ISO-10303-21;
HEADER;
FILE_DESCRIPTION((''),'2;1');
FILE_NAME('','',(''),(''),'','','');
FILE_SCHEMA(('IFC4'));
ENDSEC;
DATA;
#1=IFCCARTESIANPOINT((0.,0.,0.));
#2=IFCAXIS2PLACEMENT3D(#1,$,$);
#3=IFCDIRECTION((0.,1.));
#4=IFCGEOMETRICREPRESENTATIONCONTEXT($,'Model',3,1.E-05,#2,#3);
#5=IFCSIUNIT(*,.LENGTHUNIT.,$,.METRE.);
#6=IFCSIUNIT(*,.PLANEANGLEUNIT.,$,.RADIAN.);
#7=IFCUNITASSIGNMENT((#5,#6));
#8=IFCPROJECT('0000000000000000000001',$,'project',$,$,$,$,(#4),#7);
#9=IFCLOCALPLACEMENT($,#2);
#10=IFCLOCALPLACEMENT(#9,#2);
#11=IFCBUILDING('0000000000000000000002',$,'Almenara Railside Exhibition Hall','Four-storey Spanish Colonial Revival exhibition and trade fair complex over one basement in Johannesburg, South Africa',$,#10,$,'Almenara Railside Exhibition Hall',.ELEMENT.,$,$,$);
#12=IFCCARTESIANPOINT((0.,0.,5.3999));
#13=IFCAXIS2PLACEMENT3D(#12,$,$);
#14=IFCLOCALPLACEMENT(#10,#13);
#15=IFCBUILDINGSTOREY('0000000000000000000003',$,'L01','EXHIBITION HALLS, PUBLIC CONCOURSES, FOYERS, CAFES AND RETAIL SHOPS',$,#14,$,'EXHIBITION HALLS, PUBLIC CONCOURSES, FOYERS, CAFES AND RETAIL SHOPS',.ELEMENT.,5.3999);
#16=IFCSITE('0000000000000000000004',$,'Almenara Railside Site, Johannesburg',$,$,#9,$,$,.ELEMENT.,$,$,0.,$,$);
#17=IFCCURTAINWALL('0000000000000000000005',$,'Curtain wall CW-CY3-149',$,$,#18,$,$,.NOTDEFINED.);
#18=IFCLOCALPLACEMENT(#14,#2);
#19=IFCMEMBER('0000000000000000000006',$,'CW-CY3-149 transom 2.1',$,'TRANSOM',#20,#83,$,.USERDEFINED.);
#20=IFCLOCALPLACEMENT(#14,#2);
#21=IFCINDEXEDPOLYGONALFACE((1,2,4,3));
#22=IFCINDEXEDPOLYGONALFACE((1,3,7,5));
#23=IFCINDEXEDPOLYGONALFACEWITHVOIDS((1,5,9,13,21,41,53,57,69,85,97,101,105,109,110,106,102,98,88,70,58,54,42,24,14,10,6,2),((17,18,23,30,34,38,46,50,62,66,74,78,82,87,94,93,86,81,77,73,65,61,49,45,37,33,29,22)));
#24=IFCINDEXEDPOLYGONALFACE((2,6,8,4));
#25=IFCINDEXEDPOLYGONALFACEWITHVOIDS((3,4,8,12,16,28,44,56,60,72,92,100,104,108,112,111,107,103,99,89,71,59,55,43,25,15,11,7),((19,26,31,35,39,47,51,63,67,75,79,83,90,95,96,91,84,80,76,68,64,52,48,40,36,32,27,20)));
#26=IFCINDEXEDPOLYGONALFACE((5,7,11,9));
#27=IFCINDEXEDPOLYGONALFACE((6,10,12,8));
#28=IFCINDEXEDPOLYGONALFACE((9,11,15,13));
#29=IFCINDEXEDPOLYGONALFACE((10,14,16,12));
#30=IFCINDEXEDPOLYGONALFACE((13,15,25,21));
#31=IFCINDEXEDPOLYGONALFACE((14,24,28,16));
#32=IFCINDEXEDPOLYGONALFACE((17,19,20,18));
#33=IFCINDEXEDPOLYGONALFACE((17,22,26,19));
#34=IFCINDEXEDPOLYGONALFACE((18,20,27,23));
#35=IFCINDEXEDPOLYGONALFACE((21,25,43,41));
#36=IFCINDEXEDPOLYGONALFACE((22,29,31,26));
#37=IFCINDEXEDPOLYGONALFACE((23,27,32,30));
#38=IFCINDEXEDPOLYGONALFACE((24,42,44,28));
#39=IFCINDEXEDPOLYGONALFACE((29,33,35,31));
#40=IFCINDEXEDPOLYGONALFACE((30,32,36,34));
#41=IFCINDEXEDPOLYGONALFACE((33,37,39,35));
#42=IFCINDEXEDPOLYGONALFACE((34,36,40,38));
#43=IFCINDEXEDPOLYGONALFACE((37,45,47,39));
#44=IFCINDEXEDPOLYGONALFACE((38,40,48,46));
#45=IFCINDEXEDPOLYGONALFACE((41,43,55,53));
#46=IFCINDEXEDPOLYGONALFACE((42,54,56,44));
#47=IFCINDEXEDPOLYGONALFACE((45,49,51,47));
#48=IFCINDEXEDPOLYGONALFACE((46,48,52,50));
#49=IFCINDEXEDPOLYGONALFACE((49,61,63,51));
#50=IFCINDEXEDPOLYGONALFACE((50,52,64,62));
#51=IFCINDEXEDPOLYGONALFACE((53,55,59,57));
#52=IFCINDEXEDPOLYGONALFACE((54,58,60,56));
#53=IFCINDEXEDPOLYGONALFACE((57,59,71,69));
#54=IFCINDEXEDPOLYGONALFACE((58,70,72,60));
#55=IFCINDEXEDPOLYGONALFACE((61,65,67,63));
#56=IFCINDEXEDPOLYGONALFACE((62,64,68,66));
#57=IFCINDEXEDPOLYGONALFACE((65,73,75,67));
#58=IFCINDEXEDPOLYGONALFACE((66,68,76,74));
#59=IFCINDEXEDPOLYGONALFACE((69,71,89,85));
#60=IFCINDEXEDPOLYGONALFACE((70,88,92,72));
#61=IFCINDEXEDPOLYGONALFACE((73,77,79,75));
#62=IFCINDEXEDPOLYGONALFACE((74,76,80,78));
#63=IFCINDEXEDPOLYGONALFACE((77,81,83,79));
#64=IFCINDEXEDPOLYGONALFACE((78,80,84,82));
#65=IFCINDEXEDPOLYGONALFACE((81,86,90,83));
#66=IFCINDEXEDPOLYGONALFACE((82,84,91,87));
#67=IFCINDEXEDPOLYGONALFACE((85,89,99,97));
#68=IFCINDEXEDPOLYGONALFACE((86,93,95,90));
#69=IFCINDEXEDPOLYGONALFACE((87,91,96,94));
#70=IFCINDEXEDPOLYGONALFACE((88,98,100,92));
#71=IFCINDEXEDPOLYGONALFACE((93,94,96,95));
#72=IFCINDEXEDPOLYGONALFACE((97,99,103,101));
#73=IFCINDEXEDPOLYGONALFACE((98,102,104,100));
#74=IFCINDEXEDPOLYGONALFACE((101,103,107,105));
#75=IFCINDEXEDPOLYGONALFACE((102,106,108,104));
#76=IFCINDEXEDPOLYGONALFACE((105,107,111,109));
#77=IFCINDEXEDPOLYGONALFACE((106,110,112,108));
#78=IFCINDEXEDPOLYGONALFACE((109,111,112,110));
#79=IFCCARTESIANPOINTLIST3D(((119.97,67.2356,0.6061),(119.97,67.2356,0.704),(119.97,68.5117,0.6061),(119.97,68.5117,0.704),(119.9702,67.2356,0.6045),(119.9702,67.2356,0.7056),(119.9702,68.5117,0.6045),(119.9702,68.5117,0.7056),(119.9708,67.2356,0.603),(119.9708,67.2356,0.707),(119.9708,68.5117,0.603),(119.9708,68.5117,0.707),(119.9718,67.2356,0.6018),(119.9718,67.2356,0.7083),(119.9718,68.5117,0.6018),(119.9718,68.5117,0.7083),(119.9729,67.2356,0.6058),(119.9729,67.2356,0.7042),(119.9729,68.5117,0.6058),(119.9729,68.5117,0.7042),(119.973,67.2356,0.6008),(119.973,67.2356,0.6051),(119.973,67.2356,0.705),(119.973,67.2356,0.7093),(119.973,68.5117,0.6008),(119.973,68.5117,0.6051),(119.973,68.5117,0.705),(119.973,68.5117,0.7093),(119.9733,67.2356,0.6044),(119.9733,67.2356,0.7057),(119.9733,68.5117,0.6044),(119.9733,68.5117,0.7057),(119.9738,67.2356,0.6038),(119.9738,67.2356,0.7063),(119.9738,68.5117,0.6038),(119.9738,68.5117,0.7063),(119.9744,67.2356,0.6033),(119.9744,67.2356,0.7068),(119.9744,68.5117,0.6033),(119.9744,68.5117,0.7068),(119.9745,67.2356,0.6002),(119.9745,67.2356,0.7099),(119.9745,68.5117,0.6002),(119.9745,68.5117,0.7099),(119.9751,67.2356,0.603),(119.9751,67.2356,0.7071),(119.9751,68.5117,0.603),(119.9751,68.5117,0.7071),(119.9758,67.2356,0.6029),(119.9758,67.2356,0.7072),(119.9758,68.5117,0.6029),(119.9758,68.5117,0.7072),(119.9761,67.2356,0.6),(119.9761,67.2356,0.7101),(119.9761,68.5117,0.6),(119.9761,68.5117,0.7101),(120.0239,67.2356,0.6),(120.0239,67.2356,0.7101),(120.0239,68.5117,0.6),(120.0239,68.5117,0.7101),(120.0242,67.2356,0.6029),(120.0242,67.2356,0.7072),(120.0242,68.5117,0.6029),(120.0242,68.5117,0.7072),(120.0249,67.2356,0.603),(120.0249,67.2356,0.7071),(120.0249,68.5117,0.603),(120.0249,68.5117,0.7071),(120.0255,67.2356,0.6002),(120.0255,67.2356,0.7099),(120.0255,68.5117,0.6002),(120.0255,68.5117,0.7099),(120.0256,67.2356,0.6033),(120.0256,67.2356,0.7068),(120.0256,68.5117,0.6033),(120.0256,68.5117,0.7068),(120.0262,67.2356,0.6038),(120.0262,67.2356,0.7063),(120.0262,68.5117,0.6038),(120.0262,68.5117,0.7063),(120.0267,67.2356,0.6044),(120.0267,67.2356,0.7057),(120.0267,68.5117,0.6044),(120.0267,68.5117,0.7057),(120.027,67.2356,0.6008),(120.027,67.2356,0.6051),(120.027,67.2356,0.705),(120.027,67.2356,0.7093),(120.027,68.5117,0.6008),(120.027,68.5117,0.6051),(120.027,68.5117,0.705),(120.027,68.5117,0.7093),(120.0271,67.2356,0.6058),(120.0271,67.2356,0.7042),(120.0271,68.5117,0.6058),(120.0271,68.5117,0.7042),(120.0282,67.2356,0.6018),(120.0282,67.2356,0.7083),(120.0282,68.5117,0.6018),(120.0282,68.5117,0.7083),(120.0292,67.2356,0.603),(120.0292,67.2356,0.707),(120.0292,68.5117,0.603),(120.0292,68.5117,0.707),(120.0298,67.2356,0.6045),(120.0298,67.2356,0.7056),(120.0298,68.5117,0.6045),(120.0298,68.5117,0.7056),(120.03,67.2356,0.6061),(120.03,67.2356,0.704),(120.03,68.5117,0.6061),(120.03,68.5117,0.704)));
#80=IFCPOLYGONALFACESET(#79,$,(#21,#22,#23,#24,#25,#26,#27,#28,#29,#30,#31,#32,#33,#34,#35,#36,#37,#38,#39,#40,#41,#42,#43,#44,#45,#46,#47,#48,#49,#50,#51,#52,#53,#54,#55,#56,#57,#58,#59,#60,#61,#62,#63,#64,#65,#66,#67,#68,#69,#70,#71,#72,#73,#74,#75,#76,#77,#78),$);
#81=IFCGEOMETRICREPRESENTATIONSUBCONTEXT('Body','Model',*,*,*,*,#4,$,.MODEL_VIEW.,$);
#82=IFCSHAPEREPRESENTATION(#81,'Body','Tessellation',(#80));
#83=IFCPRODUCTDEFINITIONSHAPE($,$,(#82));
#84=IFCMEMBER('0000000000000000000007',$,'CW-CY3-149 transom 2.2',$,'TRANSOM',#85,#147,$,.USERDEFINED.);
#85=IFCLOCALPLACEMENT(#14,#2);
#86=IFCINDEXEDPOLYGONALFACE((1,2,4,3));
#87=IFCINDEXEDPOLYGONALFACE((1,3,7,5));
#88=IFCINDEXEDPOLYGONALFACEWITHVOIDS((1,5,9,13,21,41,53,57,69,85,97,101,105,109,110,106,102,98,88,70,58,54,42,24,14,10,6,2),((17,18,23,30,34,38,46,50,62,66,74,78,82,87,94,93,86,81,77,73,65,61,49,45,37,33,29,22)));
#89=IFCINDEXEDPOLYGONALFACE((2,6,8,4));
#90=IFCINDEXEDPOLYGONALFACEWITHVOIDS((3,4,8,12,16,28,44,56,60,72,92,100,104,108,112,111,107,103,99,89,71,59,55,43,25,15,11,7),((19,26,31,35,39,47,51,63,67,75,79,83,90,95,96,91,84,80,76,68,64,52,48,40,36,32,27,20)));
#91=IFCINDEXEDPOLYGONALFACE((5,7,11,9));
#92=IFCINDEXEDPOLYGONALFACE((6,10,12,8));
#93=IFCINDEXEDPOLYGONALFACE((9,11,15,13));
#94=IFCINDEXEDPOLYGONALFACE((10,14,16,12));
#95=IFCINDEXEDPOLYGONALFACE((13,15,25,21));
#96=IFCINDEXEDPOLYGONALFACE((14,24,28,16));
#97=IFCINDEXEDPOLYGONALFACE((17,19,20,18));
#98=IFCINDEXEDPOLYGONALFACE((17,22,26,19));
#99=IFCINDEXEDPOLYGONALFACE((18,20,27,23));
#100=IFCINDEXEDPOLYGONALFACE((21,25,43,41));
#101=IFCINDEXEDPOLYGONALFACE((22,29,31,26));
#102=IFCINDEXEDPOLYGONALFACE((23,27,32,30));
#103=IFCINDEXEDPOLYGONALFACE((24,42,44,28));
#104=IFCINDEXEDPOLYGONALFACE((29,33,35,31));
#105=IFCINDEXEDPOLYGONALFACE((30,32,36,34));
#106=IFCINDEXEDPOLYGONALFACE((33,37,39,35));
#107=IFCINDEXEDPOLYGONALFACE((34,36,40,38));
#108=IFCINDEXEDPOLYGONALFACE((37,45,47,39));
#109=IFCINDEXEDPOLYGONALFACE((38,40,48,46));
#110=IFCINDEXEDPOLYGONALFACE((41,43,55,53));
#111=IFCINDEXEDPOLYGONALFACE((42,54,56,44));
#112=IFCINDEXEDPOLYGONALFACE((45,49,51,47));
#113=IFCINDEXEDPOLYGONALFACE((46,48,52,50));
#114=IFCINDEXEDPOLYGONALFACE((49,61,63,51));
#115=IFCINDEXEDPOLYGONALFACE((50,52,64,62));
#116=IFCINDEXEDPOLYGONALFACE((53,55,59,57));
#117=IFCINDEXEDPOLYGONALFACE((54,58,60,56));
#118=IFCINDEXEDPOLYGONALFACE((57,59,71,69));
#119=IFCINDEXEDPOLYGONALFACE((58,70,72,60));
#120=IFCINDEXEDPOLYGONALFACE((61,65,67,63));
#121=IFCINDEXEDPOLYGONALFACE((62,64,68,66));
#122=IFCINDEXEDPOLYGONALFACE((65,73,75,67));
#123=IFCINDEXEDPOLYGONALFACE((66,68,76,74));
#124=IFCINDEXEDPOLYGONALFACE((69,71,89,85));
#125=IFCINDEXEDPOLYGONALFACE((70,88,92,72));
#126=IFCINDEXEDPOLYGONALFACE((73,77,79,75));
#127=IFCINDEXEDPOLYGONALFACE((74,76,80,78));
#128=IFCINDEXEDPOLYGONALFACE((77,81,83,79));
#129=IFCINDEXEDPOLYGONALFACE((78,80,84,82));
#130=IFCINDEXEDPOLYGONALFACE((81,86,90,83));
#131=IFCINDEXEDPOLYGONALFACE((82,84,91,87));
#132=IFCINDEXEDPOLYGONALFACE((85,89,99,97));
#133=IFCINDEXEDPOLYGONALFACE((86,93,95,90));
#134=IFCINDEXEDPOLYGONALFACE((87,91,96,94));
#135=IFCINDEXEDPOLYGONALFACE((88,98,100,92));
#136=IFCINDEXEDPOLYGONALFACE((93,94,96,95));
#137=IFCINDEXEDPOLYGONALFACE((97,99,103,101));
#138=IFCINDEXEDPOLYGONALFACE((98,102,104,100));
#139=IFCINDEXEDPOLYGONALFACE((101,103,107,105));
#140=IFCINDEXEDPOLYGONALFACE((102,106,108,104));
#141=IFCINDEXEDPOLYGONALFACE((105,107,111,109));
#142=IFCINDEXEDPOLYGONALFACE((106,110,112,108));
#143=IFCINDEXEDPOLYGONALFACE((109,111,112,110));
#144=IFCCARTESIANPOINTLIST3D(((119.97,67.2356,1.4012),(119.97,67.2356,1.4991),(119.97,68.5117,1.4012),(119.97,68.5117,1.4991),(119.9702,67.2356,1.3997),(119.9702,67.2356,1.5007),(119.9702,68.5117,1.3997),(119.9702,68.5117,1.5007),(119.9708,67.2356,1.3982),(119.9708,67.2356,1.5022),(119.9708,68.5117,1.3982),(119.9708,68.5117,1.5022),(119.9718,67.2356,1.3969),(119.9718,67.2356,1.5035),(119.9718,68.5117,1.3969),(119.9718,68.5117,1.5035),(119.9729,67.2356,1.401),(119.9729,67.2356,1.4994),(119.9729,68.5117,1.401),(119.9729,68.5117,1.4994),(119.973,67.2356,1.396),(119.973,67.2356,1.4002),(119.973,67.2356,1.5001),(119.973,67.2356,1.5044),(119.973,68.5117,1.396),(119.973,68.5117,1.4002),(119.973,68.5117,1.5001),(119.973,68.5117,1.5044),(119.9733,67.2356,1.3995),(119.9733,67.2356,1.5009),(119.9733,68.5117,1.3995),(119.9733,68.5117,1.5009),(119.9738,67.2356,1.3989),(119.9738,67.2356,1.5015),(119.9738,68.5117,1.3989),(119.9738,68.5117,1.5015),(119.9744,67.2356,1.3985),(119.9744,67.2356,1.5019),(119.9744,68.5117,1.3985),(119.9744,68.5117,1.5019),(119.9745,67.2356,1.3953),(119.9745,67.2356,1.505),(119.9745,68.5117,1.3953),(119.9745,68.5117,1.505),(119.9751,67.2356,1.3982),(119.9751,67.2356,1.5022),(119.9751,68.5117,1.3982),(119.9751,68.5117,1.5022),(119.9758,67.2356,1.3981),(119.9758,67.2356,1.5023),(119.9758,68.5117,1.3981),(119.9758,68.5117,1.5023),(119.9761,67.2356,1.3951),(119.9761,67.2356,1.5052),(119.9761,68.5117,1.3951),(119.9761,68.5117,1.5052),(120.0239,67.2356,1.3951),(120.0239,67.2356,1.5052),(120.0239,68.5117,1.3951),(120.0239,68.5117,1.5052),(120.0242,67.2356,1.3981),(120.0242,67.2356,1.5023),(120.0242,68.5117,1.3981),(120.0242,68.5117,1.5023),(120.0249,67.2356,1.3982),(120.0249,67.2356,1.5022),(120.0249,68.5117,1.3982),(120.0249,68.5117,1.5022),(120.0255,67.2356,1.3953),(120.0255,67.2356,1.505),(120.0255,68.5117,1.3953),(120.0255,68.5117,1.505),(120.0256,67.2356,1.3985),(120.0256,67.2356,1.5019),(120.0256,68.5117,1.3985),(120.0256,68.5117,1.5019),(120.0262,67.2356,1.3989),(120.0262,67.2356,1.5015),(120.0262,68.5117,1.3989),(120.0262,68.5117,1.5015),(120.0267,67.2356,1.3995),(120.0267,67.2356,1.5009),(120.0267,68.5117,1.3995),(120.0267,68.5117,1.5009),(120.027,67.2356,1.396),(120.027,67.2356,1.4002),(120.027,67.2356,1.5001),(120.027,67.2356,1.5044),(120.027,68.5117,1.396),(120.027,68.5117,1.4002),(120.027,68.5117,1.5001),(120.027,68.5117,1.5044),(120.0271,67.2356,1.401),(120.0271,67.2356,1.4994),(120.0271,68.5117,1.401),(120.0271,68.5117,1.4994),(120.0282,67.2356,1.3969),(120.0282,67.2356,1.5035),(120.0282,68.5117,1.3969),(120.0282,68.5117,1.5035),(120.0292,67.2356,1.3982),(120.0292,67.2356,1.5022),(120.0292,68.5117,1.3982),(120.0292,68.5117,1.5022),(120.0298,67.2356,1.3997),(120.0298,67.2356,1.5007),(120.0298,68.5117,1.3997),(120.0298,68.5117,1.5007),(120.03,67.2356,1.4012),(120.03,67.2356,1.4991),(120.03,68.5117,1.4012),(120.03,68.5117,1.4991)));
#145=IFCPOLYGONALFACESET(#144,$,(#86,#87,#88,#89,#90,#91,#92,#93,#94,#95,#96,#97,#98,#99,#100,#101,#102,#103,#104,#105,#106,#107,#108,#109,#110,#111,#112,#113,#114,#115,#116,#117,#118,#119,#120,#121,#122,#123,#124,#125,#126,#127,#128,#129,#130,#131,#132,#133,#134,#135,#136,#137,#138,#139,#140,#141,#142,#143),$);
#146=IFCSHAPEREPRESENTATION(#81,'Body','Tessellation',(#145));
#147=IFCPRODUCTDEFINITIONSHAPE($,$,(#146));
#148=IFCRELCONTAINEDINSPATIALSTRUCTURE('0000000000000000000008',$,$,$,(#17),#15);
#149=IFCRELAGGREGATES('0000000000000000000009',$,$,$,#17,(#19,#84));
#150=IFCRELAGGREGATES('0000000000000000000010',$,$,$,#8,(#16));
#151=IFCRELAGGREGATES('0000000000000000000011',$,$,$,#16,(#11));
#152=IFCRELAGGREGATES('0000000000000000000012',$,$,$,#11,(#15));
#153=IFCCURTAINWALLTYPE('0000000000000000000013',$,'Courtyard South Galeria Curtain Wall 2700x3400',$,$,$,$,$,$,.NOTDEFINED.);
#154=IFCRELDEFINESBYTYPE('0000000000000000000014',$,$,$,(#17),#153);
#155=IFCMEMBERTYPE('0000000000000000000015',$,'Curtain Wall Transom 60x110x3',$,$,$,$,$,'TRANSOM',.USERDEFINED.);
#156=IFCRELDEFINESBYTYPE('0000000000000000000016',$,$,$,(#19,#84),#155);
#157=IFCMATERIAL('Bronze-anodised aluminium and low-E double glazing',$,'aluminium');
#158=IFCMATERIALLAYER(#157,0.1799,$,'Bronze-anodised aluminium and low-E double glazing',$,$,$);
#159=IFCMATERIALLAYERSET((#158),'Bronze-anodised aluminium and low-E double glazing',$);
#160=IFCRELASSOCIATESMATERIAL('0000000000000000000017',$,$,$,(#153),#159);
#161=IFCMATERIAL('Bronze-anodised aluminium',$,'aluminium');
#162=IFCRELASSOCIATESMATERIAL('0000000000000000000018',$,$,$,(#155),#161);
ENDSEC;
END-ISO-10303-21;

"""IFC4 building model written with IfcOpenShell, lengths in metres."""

from ifc_helpers import new_model, si_unit, direction, frame, origin, origin_2d, place, context, subcontext, project, spatial, hollow_rectangle, extrude, material, layer, layer_set, material_profile, profile_set, type_object, element, aggregate, save


model = new_model("IFC4")

# Units and contexts
model_context = context("Model", 3, precision=1e-05, world=origin(), true_north=direction((0.0, 1.0)))
body_context = subcontext(model_context, "Body", "Model", "MODEL_VIEW")
ifc_project = project(units=[si_unit("LENGTHUNIT", "METRE"), si_unit("PLANEANGLEUNIT", "RADIAN")], contexts=[model_context])

# Site, building, storey
site_placement = place(None, origin())
site = spatial("IfcSite", under=ifc_project, at=site_placement, Name="Almenara Railside Site, Johannesburg", CompositionType="ELEMENT", RefElevation=0.0)
building_placement = place(site_placement, origin())
building = spatial("IfcBuilding", under=site, at=building_placement, Name="Almenara Railside Exhibition Hall", Description="Four-storey Spanish Colonial Revival exhibition and trade fair complex over one basement in Johannesburg, South Africa", LongName="Almenara Railside Exhibition Hall", CompositionType="ELEMENT")
storey_placement = place(building_placement, frame((0.0, 0.0, 5.3999)))
storey = spatial("IfcBuildingStorey", under=building, at=storey_placement, Name="L01", Description="EXHIBITION HALLS, PUBLIC CONCOURSES, FOYERS, CAFES AND RETAIL SHOPS", LongName="EXHIBITION HALLS, PUBLIC CONCOURSES, FOYERS, CAFES AND RETAIL SHOPS", CompositionType="ELEMENT", Elevation=5.3999)

# Curtain wall
ifc_material_1 = material(Name="Bronze-anodised aluminium and low-E double glazing", Category="aluminium")
ifc_layer_1 = layer(ifc_material_1, 0.1799, Name="Bronze-anodised aluminium and low-E double glazing")
ifc_layer_set_1 = layer_set([ifc_layer_1], Name="Bronze-anodised aluminium and low-E double glazing")
curtain_wall_type = type_object("IfcCurtainWallType", Name="Courtyard South Galeria Curtain Wall 2700x3400", PredefinedType="NOTDEFINED", material=ifc_layer_set_1)
curtain_wall_1_placement = place(storey_placement, origin())
curtain_wall_1 = element("IfcCurtainWall", 1, at=curtain_wall_1_placement, inside=storey, type_object=curtain_wall_type, Name="Curtain wall CW-CY3-149", PredefinedType="NOTDEFINED")
ifc_material_2 = material(Name="Bronze-anodised aluminium", Category="aluminium")

# Members
ifc_material_profile_1 = material_profile(ifc_material_2, hollow_rectangle(XDim=0.0601, YDim=0.1101, WallThickness=0.0029, InnerFilletRadius=0.0029, OuterFilletRadius=0.0061, at=origin_2d()), Name="ALU-TRN 60x110x3")
ifc_profile_set_1 = profile_set([ifc_material_profile_1], Name="Bronze-anodised aluminium")
member_type_1 = type_object("IfcMemberType", Name="Curtain Wall Transom 60x110x3", ElementType="TRANSOM", PredefinedType="USERDEFINED", material=ifc_profile_set_1)
member_1_placement = place(storey_placement, frame((120.0, 67.2356, 0.655), z_axis=(0.0, 1.0, 0.0), x_axis=(-1.0, 0.0, 0.0)))
member_1 = element("IfcMember", 2, at=member_1_placement, type_object=member_type_1, Name="CW-CY3-149 transom 2.1", ObjectType="TRANSOM", PredefinedType="USERDEFINED", context=body_context, shape_type="SweptSolid", body=[
    extrude(hollow_rectangle(XDim=0.0601, YDim=0.1101, WallThickness=0.0029, InnerFilletRadius=0.0029, OuterFilletRadius=0.0061, at=origin_2d()), origin(), (0.0, 0.0, 1.0), 1.2761),
])
member_2_placement = place(storey_placement, frame((120.0, 67.2356, 1.4502), z_axis=(0.0, 1.0, 0.0), x_axis=(-1.0, 0.0, 0.0)))
member_2 = element("IfcMember", 3, at=member_2_placement, type_object=member_type_1, Name="CW-CY3-149 transom 2.2", ObjectType="TRANSOM", PredefinedType="USERDEFINED", context=body_context, shape_type="SweptSolid", body=[
    extrude(hollow_rectangle(XDim=0.0601, YDim=0.1101, WallThickness=0.0029, InnerFilletRadius=0.0029, OuterFilletRadius=0.0061, at=origin_2d()), origin(), (0.0, 0.0, 1.0), 1.2761),
])

aggregate(curtain_wall_1, [member_1, member_2])

save(model, "model.ifc")
